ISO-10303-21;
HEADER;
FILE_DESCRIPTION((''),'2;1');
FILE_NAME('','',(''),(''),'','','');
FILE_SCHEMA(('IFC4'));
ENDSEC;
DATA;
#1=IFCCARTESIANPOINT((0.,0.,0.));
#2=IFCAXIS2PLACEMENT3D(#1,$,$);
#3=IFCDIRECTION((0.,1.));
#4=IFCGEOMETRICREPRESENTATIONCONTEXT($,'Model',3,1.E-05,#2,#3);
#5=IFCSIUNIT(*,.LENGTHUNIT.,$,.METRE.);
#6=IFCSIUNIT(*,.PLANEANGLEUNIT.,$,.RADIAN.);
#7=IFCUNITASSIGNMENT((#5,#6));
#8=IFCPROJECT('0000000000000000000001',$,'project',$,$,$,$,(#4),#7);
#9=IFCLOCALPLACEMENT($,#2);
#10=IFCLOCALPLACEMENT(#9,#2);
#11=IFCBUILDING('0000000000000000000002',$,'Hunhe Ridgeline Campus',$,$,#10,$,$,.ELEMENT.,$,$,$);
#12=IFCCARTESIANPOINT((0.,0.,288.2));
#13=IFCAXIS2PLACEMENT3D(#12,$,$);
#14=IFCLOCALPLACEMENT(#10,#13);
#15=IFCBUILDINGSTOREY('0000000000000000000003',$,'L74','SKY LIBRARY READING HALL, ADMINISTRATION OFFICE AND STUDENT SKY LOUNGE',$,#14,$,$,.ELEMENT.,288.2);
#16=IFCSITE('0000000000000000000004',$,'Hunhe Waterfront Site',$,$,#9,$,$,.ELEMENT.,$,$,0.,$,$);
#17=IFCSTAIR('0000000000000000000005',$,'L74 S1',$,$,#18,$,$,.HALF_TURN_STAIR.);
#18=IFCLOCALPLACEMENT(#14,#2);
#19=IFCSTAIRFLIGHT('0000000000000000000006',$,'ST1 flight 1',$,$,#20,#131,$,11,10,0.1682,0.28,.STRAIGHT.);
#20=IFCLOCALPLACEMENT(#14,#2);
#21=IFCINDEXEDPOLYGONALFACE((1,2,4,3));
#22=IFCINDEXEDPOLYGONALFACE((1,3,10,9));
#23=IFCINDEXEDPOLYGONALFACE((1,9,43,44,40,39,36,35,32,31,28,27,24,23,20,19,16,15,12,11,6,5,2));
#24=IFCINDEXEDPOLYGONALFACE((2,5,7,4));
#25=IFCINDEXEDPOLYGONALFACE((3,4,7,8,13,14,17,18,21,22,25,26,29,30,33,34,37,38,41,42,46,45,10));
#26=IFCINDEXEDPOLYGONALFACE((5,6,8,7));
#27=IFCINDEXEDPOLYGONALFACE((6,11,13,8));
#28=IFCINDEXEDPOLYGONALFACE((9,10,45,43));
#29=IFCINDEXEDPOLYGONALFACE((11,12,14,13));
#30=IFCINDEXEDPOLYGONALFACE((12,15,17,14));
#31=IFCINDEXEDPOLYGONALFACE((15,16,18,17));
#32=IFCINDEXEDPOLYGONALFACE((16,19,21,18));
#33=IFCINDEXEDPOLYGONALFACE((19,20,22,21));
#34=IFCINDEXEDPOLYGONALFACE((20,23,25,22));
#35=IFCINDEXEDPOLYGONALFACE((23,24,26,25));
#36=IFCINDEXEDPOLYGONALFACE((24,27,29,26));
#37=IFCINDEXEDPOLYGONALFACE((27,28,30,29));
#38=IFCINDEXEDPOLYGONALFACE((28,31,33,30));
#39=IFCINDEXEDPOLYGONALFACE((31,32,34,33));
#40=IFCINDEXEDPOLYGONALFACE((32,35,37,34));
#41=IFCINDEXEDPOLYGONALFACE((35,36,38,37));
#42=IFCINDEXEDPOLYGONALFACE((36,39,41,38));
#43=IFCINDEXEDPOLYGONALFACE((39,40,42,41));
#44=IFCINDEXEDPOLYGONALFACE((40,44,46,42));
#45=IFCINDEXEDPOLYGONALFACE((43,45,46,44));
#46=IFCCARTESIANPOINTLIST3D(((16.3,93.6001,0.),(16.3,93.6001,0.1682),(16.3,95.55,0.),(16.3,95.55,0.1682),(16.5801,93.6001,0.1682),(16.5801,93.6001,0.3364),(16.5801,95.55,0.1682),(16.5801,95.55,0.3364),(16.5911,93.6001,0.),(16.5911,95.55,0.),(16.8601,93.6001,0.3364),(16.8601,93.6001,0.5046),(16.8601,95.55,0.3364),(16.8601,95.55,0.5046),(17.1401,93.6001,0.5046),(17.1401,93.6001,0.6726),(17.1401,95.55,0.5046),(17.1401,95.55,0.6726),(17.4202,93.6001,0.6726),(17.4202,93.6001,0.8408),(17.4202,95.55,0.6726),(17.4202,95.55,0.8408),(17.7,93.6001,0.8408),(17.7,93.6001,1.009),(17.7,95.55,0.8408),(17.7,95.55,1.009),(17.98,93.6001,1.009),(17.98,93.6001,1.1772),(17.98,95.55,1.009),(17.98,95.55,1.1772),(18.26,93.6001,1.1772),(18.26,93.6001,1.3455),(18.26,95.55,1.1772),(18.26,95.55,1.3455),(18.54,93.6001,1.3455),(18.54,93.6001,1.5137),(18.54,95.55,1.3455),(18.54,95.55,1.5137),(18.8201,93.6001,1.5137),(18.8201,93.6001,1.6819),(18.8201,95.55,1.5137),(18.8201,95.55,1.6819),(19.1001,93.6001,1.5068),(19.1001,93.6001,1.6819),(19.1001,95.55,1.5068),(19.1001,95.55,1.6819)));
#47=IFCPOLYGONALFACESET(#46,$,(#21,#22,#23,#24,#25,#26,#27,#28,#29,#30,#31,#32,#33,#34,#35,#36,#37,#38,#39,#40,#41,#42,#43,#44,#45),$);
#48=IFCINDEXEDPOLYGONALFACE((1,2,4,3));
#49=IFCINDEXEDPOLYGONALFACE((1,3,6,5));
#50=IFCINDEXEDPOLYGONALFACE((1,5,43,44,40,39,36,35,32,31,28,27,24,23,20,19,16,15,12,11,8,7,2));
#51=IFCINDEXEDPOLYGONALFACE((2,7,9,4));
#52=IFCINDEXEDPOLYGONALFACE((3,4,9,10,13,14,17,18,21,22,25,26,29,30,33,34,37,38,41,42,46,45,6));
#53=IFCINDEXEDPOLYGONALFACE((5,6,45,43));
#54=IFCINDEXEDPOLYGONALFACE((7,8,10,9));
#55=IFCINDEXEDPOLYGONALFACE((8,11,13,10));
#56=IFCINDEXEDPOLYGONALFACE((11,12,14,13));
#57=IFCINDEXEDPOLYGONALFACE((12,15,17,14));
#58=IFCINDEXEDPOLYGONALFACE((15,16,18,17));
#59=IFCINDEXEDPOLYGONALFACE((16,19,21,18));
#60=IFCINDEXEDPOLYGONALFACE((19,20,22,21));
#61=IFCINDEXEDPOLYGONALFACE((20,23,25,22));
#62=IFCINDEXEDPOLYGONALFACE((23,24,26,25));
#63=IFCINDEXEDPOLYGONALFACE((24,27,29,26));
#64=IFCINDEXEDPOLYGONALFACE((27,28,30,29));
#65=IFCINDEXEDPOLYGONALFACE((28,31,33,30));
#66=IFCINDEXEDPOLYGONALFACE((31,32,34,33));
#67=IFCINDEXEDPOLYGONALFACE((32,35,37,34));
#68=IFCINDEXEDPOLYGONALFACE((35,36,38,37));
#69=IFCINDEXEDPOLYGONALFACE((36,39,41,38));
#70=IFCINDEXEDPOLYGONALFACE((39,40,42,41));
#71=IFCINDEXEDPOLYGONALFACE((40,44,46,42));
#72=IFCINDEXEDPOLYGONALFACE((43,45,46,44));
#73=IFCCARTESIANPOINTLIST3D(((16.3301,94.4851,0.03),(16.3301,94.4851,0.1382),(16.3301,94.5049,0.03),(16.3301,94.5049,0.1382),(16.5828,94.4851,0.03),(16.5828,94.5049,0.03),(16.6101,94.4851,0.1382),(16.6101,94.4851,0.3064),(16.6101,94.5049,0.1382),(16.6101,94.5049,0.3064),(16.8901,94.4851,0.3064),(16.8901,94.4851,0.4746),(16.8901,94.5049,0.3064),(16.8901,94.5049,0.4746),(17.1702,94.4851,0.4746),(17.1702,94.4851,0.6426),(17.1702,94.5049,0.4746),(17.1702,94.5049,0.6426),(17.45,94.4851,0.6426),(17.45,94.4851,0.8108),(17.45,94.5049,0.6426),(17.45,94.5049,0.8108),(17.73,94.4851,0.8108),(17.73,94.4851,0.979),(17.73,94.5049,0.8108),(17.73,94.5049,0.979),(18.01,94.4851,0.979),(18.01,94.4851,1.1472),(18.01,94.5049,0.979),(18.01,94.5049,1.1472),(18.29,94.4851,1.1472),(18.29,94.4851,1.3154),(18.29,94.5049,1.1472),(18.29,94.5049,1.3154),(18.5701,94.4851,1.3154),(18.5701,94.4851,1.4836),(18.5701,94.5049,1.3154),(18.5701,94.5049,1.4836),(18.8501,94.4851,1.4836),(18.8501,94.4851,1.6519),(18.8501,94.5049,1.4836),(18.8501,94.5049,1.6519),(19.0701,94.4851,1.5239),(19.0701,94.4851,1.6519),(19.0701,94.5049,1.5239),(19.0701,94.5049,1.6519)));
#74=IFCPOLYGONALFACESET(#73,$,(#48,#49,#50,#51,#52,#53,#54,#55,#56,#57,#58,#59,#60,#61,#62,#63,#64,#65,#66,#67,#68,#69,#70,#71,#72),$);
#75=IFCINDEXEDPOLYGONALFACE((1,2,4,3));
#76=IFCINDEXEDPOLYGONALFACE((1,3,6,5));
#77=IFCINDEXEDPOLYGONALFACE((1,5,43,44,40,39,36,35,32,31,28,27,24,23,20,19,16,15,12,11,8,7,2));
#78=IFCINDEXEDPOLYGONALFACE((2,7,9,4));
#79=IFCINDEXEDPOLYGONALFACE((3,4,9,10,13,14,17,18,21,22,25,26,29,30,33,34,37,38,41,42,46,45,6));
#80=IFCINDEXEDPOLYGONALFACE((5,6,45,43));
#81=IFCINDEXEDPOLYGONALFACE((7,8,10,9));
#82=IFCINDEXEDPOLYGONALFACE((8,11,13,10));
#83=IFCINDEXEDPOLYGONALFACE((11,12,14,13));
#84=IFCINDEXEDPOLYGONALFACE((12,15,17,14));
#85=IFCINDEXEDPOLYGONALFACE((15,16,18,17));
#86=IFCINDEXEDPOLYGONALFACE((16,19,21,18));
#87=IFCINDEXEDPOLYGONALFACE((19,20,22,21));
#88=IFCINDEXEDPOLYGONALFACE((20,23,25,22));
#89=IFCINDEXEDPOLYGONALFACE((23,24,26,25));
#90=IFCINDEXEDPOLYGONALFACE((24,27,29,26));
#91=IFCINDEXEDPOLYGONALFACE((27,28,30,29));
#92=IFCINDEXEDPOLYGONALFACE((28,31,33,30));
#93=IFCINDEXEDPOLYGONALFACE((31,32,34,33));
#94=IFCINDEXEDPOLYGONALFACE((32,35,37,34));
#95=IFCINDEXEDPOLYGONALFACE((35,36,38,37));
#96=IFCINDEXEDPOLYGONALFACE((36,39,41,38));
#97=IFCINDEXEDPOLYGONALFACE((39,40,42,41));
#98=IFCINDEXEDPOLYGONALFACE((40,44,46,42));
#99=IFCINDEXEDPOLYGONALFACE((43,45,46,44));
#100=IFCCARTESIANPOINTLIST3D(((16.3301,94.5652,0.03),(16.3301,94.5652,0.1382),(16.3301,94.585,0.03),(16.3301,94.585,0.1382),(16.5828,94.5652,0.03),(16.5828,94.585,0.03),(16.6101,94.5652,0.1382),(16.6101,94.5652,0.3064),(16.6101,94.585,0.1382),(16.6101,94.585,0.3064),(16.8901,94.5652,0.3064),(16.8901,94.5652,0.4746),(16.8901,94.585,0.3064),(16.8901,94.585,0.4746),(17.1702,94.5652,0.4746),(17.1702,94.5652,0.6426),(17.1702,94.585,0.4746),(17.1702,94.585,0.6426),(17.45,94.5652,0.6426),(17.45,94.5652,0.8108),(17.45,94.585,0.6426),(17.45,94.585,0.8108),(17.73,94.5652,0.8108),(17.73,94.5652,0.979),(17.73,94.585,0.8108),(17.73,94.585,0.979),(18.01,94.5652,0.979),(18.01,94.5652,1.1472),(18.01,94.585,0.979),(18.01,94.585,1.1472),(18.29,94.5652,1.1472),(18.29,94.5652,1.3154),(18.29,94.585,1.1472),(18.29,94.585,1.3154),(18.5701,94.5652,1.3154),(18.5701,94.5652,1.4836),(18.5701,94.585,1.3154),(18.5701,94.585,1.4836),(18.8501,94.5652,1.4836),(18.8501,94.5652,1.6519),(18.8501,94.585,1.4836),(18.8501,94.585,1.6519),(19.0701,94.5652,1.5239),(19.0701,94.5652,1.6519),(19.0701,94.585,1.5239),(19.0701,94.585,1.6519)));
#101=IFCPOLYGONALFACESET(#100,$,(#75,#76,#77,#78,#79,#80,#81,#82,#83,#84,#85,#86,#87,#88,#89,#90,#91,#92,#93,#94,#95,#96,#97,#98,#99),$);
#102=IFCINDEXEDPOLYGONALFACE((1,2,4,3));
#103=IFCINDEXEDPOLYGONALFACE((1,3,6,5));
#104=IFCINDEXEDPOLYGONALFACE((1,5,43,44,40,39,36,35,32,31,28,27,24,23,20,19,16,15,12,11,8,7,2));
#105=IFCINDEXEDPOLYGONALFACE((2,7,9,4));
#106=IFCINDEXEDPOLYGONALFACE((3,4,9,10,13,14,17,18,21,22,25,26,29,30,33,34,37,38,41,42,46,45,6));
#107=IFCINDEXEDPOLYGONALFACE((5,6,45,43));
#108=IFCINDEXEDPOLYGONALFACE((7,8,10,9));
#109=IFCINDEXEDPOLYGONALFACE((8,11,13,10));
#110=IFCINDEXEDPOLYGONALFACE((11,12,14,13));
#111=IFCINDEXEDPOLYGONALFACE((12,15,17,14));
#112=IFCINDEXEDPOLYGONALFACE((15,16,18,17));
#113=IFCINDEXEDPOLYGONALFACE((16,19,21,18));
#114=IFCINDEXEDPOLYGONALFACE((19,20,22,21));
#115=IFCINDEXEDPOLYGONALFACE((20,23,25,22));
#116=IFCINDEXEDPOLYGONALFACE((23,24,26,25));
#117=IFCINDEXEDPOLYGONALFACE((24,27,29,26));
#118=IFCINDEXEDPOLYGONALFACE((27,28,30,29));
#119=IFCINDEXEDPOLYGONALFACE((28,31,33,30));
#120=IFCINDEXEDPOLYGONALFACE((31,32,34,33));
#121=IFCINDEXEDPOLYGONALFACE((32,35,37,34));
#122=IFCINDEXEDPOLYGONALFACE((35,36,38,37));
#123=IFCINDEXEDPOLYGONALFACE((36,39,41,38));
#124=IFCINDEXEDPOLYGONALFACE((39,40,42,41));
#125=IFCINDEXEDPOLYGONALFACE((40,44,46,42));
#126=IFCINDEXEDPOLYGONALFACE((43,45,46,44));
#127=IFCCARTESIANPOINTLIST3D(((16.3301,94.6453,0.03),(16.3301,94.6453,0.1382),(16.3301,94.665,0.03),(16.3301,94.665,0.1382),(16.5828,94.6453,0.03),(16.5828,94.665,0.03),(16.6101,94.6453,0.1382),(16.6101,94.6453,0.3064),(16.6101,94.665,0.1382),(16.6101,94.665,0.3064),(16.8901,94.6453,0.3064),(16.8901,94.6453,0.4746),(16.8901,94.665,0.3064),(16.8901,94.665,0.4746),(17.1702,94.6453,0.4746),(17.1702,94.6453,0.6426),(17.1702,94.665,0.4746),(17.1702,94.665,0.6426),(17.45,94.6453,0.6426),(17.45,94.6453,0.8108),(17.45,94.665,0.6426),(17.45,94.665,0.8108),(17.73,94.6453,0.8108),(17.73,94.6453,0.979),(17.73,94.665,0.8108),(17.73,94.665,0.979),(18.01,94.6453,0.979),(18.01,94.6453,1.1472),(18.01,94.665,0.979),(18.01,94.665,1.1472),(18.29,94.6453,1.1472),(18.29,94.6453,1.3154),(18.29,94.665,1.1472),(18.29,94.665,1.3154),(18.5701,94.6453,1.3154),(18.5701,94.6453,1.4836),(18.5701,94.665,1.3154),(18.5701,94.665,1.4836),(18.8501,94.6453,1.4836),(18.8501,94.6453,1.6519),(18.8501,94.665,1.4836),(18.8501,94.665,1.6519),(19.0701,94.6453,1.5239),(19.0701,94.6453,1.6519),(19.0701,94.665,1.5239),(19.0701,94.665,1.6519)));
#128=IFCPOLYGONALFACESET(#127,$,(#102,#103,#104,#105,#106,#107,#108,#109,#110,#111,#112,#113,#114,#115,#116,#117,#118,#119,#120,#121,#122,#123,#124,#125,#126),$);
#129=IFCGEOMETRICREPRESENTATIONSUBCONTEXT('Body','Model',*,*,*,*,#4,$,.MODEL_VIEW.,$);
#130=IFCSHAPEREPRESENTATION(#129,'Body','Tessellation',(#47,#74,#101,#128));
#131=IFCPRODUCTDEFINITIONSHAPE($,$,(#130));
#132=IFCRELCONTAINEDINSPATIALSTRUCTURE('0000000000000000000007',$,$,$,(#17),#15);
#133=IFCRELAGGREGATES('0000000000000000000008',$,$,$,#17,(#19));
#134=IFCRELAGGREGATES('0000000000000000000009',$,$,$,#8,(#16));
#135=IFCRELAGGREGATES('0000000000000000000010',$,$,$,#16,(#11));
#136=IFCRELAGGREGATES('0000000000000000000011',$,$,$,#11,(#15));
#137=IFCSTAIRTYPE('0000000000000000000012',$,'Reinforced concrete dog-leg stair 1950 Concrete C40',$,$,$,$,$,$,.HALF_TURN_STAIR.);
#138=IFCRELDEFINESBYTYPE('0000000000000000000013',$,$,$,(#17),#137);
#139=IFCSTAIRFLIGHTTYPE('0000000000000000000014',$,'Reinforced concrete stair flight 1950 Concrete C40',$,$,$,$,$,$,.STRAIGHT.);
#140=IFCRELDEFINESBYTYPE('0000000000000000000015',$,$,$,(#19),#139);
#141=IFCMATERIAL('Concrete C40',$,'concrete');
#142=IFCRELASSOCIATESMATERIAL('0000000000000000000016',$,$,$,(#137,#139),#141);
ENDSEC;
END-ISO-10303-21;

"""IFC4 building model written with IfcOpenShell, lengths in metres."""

from ifc_helpers import new_model, si_unit, direction, frame, origin, place, context, subcontext, project, spatial, polyline, outline, extrude, material, type_object, element, aggregate, save


model = new_model("IFC4")

# Units and contexts
model_context = context("Model", 3, precision=1e-05, world=origin(), true_north=direction((0.0, 1.0)))
body_context = subcontext(model_context, "Body", "Model", "MODEL_VIEW")
ifc_project = project(units=[si_unit("LENGTHUNIT", "METRE"), si_unit("PLANEANGLEUNIT", "RADIAN")], contexts=[model_context])

# Site, building, storey
site_placement = place(None, origin())
site = spatial("IfcSite", under=ifc_project, at=site_placement, Name="Hunhe Waterfront Site", CompositionType="ELEMENT", RefElevation=0.0)
building_placement = place(site_placement, origin())
building = spatial("IfcBuilding", under=site, at=building_placement, Name="Hunhe Ridgeline Campus", CompositionType="ELEMENT")
storey_placement = place(building_placement, frame((0.0, 0.0, 288.2)))
storey = spatial("IfcBuildingStorey", under=building, at=storey_placement, Name="L74", Description="SKY LIBRARY READING HALL, ADMINISTRATION OFFICE AND STUDENT SKY LOUNGE", CompositionType="ELEMENT", Elevation=288.2)

# Stair, stair flight
ifc_material_1 = material(Name="Concrete C40", Category="concrete")
stair_type = type_object("IfcStairType", Name="Reinforced concrete dog-leg stair 1950 Concrete C40", PredefinedType="HALF_TURN_STAIR", material=ifc_material_1)
stair_placement = place(storey_placement, origin())
stair = element("IfcStair", 1, at=stair_placement, inside=storey, type_object=stair_type, Name="L74 S1", PredefinedType="HALF_TURN_STAIR")
stair_flight_type = type_object("IfcStairFlightType", Name="Reinforced concrete stair flight 1950 Concrete C40", PredefinedType="STRAIGHT", material=ifc_material_1)
stair_flight_1_placement = place(storey_placement, frame((16.3, 94.575, 0.0), z_axis=(0.0, 0.0, 1.0), x_axis=(1.0, 0.0, 0.0)))
stair_flight_1 = element("IfcStairFlight", 2, at=stair_flight_1_placement, type_object=stair_flight_type, Name="ST1 flight 1", NumberOfRisers=11, NumberOfTreads=10, PredefinedType="STRAIGHT", RiserHeight=0.1682, TreadLength=0.28, context=body_context, shape_type="SweptSolid", body=[
    extrude(outline(polyline([(0.0, 0.0), (0.0, 0.1682), (0.28, 0.1682), (0.28, 0.3364), (0.5601, 0.3364), (0.5601, 0.5046), (0.8401, 0.5046), (0.8401, 0.6726), (1.1201, 0.6726), (1.1201, 0.8408), (1.3999, 0.8408), (1.3999, 1.009), (1.6799, 1.009), (1.6799, 1.1772), (1.96, 1.1772), (1.96, 1.3455), (2.24, 1.3455), (2.24, 1.5137), (2.52, 1.5137), (2.52, 1.6819), (2.8, 1.6819), (2.8, 1.8501), (2.8, 1.5068), (0.291, 0.0), (0.0, 0.0)])), frame((0.0, 0.9751, 0.0), z_axis=(0.0, -1.0, 0.0), x_axis=(1.0, 0.0, 0.0)), (0.0, 0.0, 1.0), 1.95),
    extrude(outline(polyline([(0.03, 0.03), (0.03, 0.1382), (0.3101, 0.1382), (0.3101, 0.3064), (0.5901, 0.3064), (0.5901, 0.4746), (0.8701, 0.4746), (0.8701, 0.6426), (1.1499, 0.6426), (1.1499, 0.8108), (1.4299, 0.8108), (1.4299, 0.979), (1.71, 0.979), (1.71, 1.1472), (1.99, 1.1472), (1.99, 1.3154), (2.27, 1.3154), (2.27, 1.4836), (2.55, 1.4836), (2.55, 1.6519), (2.77, 1.6519), (2.77, 1.5239), (0.2827, 0.03), (0.03, 0.03)])), frame((0.0, -0.0701, 0.0), z_axis=(0.0, -1.0, 0.0), x_axis=(1.0, 0.0, 0.0)), (0.0, 0.0, 1.0), 0.0198),
    extrude(outline(polyline([(0.03, 0.03), (0.03, 0.1382), (0.3101, 0.1382), (0.3101, 0.3064), (0.5901, 0.3064), (0.5901, 0.4746), (0.8701, 0.4746), (0.8701, 0.6426), (1.1499, 0.6426), (1.1499, 0.8108), (1.4299, 0.8108), (1.4299, 0.979), (1.71, 0.979), (1.71, 1.1472), (1.99, 1.1472), (1.99, 1.3154), (2.27, 1.3154), (2.27, 1.4836), (2.55, 1.4836), (2.55, 1.6519), (2.77, 1.6519), (2.77, 1.5239), (0.2827, 0.03), (0.03, 0.03)])), frame((0.0, 0.01, 0.0), z_axis=(0.0, -1.0, 0.0), x_axis=(1.0, 0.0, 0.0)), (0.0, 0.0, 1.0), 0.0198),
    extrude(outline(polyline([(0.03, 0.03), (0.03, 0.1382), (0.3101, 0.1382), (0.3101, 0.3064), (0.5901, 0.3064), (0.5901, 0.4746), (0.8701, 0.4746), (0.8701, 0.6426), (1.1499, 0.6426), (1.1499, 0.8108), (1.4299, 0.8108), (1.4299, 0.979), (1.71, 0.979), (1.71, 1.1472), (1.99, 1.1472), (1.99, 1.3154), (2.27, 1.3154), (2.27, 1.4836), (2.55, 1.4836), (2.55, 1.6519), (2.77, 1.6519), (2.77, 1.5239), (0.2827, 0.03), (0.03, 0.03)])), frame((0.0, 0.0901, 0.0), z_axis=(0.0, -1.0, 0.0), x_axis=(1.0, 0.0, 0.0)), (0.0, 0.0, 1.0), 0.0198),
])
aggregate(stair, [stair_flight_1])

save(model, "model.ifc")
